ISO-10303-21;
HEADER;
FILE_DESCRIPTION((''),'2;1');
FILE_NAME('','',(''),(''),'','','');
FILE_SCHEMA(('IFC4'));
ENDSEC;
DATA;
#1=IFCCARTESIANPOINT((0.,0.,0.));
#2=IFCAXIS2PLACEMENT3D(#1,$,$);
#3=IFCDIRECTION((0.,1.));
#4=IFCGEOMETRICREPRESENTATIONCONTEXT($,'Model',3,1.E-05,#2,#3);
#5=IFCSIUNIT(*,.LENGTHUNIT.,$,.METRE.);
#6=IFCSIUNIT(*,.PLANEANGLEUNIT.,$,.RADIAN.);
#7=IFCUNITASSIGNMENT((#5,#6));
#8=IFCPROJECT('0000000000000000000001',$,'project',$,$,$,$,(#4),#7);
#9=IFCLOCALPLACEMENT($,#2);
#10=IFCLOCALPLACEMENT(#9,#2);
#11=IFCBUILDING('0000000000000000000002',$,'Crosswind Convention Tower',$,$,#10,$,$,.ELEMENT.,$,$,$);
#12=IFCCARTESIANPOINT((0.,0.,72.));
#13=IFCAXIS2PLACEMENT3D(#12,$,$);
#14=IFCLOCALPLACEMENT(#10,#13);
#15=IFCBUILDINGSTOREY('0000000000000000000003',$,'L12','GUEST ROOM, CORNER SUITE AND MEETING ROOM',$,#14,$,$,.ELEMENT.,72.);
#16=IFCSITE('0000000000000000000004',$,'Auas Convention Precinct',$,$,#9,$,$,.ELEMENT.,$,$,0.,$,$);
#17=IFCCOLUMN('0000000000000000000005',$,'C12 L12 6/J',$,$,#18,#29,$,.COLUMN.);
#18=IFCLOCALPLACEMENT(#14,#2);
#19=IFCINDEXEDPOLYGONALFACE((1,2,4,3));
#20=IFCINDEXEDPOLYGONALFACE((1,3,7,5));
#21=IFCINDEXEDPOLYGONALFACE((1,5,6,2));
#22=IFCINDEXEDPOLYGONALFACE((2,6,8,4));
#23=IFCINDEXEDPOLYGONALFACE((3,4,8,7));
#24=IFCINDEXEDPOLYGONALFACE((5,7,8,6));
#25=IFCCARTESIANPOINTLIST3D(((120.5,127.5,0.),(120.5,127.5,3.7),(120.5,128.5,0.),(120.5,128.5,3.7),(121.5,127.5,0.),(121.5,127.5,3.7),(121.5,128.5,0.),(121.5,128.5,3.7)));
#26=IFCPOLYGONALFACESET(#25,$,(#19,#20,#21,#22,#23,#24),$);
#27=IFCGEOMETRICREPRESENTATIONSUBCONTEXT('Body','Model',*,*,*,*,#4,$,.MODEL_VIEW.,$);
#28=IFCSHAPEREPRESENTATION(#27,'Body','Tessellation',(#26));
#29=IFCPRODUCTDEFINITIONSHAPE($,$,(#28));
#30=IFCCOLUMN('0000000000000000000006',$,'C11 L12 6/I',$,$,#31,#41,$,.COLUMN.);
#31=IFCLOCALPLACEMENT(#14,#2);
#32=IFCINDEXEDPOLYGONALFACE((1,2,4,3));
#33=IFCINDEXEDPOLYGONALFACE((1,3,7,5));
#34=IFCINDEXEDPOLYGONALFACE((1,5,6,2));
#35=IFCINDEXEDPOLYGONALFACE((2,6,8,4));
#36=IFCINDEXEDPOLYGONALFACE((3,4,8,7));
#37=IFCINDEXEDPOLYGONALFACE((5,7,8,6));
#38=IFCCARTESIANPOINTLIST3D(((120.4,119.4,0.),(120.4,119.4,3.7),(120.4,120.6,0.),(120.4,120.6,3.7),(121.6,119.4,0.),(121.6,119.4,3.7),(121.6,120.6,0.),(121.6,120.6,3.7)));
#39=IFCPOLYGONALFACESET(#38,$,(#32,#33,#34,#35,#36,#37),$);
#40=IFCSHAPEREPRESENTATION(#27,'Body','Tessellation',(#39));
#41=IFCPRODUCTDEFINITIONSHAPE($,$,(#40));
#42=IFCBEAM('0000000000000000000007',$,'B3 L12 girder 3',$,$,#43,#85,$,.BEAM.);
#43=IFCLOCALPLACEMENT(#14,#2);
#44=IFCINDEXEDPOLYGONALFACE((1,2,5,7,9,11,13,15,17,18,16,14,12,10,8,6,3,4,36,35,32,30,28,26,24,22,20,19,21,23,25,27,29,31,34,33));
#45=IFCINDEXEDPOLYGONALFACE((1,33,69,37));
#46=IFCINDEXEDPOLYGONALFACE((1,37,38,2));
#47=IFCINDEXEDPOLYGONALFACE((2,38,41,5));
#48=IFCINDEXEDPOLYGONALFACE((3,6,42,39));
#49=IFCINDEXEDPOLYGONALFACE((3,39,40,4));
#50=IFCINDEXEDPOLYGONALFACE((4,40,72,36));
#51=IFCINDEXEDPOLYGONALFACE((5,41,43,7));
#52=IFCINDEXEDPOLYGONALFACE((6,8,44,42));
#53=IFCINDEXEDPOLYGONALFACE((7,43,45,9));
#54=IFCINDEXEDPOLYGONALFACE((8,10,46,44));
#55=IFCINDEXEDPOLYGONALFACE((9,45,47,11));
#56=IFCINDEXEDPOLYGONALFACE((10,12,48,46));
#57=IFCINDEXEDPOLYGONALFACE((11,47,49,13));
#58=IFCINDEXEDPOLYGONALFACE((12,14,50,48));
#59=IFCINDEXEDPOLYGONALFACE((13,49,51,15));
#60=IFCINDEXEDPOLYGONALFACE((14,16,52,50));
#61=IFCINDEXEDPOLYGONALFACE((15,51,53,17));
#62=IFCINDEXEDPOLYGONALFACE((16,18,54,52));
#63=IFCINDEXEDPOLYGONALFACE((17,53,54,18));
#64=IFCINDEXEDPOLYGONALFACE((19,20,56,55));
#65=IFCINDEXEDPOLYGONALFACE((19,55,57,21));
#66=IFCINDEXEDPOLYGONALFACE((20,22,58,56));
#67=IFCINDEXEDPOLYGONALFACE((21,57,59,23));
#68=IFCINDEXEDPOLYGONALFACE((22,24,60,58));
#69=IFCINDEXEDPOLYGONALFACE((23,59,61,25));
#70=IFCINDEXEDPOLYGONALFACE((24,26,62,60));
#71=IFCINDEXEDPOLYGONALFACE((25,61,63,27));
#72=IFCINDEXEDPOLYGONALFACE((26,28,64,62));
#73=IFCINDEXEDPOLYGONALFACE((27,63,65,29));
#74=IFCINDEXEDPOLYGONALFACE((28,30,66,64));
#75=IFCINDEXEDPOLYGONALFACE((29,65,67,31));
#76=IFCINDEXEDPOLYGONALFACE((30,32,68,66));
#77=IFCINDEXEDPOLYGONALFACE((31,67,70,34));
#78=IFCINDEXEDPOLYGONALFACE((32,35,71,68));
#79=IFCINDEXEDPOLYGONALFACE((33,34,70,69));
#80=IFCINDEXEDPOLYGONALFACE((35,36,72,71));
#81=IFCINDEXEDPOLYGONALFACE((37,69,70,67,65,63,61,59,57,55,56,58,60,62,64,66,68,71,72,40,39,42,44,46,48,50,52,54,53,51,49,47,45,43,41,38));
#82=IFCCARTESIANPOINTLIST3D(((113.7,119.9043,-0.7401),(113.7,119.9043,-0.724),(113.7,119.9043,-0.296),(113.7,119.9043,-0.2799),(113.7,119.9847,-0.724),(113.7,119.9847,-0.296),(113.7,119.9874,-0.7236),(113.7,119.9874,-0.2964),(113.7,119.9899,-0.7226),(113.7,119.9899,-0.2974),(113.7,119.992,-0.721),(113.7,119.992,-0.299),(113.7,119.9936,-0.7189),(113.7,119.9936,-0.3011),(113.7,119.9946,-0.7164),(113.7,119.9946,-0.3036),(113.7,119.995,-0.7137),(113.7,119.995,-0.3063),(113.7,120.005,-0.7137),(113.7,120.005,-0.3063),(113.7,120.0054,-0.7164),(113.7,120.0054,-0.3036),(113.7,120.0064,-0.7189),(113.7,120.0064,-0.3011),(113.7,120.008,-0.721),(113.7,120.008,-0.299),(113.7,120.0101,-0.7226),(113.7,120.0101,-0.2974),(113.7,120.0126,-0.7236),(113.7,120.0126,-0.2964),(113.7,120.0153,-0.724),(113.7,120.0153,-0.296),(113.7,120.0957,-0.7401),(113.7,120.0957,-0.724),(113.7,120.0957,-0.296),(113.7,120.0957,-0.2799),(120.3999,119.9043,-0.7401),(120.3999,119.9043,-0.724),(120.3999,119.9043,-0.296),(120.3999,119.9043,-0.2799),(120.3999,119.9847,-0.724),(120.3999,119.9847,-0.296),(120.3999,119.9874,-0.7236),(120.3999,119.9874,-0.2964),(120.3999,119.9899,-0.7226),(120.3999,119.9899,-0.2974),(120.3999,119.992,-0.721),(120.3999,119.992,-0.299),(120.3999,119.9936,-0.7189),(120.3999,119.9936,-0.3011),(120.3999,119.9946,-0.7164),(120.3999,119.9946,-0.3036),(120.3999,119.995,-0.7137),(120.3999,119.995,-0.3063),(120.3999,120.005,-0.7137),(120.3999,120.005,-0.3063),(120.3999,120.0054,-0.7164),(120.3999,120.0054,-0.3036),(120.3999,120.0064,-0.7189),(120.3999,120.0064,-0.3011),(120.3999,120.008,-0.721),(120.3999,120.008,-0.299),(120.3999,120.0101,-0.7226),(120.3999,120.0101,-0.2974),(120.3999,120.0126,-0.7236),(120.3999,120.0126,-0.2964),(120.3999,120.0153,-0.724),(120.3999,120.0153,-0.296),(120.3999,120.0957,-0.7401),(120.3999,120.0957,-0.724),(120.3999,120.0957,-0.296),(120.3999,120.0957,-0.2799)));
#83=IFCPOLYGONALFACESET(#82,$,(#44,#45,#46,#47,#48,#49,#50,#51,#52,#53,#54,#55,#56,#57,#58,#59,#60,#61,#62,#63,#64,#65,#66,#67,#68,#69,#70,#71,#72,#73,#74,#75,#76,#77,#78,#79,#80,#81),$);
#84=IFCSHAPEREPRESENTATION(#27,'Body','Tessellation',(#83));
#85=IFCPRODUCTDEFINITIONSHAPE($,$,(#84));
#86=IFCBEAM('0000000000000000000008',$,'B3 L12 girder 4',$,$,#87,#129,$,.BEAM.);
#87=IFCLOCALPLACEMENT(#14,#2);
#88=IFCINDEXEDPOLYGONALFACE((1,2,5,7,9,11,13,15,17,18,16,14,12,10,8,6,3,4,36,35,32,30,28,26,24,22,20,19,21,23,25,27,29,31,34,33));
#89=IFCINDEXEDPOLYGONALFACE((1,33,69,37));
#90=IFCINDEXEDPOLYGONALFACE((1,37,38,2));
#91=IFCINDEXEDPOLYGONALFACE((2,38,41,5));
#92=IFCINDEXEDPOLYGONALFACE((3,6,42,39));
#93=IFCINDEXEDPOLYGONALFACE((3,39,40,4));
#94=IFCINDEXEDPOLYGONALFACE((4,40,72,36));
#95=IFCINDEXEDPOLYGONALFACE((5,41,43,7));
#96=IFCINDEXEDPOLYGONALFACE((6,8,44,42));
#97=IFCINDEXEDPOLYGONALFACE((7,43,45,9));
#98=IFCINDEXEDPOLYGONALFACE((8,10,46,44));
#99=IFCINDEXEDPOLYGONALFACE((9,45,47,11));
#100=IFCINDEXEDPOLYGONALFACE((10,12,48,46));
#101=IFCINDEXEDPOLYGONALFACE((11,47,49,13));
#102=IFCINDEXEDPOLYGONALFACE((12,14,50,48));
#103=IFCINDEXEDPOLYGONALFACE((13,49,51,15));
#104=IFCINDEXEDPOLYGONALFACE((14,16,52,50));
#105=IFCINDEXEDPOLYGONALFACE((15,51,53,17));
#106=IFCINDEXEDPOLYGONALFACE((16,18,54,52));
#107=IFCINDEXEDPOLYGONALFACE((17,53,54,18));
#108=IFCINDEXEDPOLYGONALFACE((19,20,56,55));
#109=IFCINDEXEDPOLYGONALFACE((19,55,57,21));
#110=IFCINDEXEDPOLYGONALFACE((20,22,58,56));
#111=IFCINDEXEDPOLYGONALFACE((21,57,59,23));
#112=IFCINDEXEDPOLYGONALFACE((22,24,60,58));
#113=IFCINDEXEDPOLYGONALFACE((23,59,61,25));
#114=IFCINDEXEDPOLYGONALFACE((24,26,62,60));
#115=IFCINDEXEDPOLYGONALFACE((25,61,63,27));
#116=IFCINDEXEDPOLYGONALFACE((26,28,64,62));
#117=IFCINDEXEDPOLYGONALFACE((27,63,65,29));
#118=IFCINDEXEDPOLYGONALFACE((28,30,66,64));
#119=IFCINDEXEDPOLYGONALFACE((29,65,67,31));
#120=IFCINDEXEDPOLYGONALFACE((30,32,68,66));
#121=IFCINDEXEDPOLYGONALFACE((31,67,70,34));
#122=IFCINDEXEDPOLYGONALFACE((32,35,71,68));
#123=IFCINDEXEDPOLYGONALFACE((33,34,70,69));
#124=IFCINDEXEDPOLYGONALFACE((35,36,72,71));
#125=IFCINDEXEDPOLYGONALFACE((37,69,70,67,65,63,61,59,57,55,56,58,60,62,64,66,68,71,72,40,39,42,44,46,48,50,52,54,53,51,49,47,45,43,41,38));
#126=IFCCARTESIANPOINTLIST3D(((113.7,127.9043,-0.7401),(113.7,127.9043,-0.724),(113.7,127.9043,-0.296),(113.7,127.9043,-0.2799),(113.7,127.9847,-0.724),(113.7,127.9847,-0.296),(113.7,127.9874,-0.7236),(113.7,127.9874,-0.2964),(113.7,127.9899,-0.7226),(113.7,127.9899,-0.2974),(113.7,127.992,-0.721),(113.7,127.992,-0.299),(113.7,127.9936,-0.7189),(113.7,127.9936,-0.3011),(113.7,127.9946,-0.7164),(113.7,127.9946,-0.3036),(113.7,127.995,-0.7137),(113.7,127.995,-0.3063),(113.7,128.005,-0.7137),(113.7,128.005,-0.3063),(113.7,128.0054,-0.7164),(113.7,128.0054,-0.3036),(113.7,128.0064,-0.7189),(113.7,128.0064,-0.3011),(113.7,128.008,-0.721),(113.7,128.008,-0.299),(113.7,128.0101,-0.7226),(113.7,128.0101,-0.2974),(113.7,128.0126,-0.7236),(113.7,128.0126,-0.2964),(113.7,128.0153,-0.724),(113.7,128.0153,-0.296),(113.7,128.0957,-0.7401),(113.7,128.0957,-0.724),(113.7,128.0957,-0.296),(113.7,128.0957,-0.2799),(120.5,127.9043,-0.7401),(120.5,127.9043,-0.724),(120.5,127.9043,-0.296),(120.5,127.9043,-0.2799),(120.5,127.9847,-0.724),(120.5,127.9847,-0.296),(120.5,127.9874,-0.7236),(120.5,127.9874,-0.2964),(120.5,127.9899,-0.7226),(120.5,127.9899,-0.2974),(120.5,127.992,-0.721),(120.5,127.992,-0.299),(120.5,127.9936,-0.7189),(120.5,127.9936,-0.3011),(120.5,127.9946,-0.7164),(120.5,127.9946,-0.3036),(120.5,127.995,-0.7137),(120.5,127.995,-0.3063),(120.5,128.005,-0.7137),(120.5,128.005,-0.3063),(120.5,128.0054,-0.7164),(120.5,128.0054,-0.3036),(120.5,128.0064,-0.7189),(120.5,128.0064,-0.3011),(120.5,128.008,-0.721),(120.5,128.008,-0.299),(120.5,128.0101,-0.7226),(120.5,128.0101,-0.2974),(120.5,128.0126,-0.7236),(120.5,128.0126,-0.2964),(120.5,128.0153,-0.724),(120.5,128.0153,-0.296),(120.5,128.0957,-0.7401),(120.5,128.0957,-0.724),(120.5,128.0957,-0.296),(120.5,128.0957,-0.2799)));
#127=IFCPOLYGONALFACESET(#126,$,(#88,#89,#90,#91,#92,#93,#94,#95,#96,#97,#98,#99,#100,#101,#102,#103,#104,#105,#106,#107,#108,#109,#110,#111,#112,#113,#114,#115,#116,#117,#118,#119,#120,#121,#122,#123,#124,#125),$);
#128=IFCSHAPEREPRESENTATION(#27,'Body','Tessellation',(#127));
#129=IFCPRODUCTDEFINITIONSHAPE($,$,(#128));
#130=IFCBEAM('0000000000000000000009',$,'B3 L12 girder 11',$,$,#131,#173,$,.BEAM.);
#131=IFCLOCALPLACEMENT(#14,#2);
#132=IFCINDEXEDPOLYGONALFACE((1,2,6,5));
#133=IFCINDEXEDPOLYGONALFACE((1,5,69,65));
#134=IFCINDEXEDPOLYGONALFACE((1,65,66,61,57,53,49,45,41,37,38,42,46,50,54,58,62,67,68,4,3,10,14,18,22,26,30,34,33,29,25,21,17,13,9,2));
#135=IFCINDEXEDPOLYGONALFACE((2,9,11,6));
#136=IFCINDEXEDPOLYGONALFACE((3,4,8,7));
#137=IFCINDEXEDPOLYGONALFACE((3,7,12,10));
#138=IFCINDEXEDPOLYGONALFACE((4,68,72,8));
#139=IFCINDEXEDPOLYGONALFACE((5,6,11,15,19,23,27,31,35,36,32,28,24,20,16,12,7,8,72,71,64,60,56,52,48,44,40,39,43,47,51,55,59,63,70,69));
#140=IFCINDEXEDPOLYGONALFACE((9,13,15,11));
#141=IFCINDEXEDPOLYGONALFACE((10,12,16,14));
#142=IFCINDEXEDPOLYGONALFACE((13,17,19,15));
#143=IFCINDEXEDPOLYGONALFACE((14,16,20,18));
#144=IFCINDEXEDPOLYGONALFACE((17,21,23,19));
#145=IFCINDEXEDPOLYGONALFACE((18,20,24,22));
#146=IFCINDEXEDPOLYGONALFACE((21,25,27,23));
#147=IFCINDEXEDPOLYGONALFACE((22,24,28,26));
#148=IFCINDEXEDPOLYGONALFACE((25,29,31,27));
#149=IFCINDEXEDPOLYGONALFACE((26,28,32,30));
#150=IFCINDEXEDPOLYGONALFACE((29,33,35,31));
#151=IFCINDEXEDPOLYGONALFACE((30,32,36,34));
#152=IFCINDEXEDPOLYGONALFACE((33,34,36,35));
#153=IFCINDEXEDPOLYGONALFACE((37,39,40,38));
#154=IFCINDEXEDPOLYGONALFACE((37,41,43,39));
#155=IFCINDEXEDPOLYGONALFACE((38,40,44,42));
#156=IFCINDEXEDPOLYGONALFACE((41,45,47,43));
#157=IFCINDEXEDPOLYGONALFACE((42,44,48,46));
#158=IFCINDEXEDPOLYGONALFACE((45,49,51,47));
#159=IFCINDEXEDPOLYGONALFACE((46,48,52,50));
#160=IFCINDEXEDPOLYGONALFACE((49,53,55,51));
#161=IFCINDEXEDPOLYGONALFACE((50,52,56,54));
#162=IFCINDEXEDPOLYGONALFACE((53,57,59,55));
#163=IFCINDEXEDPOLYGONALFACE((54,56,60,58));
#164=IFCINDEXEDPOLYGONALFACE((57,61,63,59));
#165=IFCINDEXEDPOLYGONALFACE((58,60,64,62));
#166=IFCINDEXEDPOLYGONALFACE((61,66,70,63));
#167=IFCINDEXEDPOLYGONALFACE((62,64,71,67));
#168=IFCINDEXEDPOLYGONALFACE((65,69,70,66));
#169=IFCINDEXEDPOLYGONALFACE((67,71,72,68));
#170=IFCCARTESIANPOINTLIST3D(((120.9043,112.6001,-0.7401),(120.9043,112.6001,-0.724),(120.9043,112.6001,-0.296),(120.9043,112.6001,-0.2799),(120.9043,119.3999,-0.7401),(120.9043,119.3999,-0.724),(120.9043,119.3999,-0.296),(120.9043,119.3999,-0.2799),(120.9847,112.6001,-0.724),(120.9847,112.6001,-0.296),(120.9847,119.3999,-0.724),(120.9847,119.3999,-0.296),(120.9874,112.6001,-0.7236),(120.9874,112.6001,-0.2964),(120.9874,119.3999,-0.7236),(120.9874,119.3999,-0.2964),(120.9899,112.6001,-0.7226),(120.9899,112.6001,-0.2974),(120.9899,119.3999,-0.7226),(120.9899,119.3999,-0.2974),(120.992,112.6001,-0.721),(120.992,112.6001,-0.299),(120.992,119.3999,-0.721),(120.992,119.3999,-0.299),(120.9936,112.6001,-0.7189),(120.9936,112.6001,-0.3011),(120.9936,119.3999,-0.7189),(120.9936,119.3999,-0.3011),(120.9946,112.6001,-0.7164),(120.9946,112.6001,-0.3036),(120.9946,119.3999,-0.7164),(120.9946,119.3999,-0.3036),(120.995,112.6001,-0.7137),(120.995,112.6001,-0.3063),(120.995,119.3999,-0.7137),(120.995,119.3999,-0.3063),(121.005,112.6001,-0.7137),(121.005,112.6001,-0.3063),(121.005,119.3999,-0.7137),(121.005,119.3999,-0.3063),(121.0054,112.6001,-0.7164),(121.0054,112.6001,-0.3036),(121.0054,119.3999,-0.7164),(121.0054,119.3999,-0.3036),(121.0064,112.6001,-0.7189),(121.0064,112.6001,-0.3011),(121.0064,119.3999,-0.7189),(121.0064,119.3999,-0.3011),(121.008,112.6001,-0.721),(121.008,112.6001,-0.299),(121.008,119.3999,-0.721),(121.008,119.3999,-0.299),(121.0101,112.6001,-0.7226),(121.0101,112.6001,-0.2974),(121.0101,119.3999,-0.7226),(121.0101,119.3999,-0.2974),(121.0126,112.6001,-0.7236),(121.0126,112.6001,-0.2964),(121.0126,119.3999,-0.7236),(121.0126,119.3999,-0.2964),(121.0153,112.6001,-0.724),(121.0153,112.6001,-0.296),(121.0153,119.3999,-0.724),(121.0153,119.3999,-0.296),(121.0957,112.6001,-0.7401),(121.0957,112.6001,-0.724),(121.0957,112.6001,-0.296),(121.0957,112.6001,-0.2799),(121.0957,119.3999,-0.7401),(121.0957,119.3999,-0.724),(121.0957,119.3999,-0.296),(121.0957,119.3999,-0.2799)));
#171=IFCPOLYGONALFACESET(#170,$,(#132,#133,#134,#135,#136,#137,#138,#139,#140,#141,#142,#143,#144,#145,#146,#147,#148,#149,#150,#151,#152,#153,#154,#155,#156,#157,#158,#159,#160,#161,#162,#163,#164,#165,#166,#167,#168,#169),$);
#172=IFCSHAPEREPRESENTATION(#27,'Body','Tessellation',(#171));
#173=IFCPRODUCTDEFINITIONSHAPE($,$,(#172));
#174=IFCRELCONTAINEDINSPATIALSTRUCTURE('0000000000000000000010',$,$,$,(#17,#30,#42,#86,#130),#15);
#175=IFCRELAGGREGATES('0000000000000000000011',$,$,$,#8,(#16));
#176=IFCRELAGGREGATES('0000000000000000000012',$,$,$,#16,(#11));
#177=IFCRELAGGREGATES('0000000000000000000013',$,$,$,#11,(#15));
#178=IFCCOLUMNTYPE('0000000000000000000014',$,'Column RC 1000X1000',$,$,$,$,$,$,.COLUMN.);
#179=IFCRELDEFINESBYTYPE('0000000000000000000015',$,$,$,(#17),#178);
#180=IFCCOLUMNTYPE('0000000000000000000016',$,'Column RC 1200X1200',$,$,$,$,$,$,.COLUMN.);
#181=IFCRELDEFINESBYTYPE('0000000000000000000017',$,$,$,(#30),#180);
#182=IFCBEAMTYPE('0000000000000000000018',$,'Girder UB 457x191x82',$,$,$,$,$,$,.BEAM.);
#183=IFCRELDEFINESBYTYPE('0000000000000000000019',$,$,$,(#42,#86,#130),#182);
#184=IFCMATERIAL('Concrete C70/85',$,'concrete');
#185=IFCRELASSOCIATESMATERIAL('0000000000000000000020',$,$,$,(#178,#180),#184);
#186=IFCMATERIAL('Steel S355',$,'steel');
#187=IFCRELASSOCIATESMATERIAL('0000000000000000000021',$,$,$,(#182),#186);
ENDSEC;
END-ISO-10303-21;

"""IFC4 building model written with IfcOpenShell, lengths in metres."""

from ifc_helpers import new_model, si_unit, direction, frame, origin, origin_2d, place, context, subcontext, project, spatial, rectangle, i_section, extrude, material, material_profile, profile_set, type_object, element, save


model = new_model("IFC4")

# Units and contexts
model_context = context("Model", 3, precision=1e-05, world=origin(), true_north=direction((0.0, 1.0)))
body_context = subcontext(model_context, "Body", "Model", "MODEL_VIEW")
ifc_project = project(units=[si_unit("LENGTHUNIT", "METRE"), si_unit("PLANEANGLEUNIT", "RADIAN")], contexts=[model_context])

# Site, building, storey
site_placement = place(None, origin())
site = spatial("IfcSite", under=ifc_project, at=site_placement, Name="Auas Convention Precinct", CompositionType="ELEMENT", RefElevation=0.0)
building_placement = place(site_placement, origin())
building = spatial("IfcBuilding", under=site, at=building_placement, Name="Crosswind Convention Tower", CompositionType="ELEMENT")
storey_placement = place(building_placement, frame((0.0, 0.0, 72.0)))
storey = spatial("IfcBuildingStorey", under=building, at=storey_placement, Name="L12", Description="GUEST ROOM, CORNER SUITE AND MEETING ROOM", CompositionType="ELEMENT", Elevation=72.0)

# Columns
ifc_material_1 = material(Name="Concrete C70/85", Category="concrete")
ifc_material_profile_1 = material_profile(ifc_material_1, rectangle(XDim=1.0, YDim=1.0, at=origin_2d()), Name="RC 1000X1000")
ifc_profile_set_1 = profile_set([ifc_material_profile_1], Name="Concrete C70/85")
column_type_1 = type_object("IfcColumnType", Name="Column RC 1000X1000", PredefinedType="COLUMN", material=ifc_profile_set_1)
column_1_placement = place(storey_placement, frame((121.0, 128.0, 0.0), z_axis=(0.0, 0.0, 1.0), x_axis=(1.0, 0.0, 0.0)))
element("IfcColumn", 1, at=column_1_placement, inside=storey, type_object=column_type_1, Name="C12 L12 6/J", PredefinedType="COLUMN", context=body_context, shape_type="SweptSolid", body=[
    extrude(rectangle(XDim=1.0, YDim=1.0, at=origin_2d()), origin(), (0.0, 0.0, 1.0), 3.7),
])
ifc_material_profile_2 = material_profile(ifc_material_1, rectangle(XDim=1.2, YDim=1.2, at=origin_2d()), Name="RC 1200X1200")
ifc_profile_set_2 = profile_set([ifc_material_profile_2], Name="Concrete C70/85")
column_type_2 = type_object("IfcColumnType", Name="Column RC 1200X1200", PredefinedType="COLUMN", material=ifc_profile_set_2)
column_2_placement = place(storey_placement, frame((121.0, 120.0, 0.0), z_axis=(0.0, 0.0, 1.0), x_axis=(1.0, 0.0, 0.0)))
element("IfcColumn", 2, at=column_2_placement, inside=storey, type_object=column_type_2, Name="C11 L12 6/I", PredefinedType="COLUMN", context=body_context, shape_type="SweptSolid", body=[
    extrude(rectangle(XDim=1.2, YDim=1.2, at=origin_2d()), origin(), (0.0, 0.0, 1.0), 3.7),
])

# Beams
ifc_material_2 = material(Name="Steel S355", Category="steel")
ifc_material_profile_3 = material_profile(ifc_material_2, i_section(OverallWidth=0.1914, OverallDepth=0.4602, WebThickness=0.01, FlangeThickness=0.0161, FilletRadius=0.0103, at=origin_2d()), Name="UB 457x191x82")
ifc_profile_set_3 = profile_set([ifc_material_profile_3], Name="Steel S355")
beam_type_1 = type_object("IfcBeamType", Name="Girder UB 457x191x82", PredefinedType="BEAM", material=ifc_profile_set_3)
beam_1_placement = place(storey_placement, frame((113.7, 120.0, -0.51), z_axis=(1.0, 0.0, 0.0), x_axis=(0.0, 1.0, 0.0)))
element("IfcBeam", 3, at=beam_1_placement, inside=storey, type_object=beam_type_1, Name="B3 L12 girder 3", PredefinedType="BEAM", context=body_context, shape_type="SweptSolid", body=[
    extrude(i_section(OverallWidth=0.1914, OverallDepth=0.4602, WebThickness=0.01, FlangeThickness=0.0161, FilletRadius=0.0103, at=origin_2d()), origin(), (0.0, 0.0, 1.0), 6.7),
])
beam_2_placement = place(storey_placement, frame((113.7, 128.0, -0.51), z_axis=(1.0, 0.0, 0.0), x_axis=(0.0, 1.0, 0.0)))
element("IfcBeam", 4, at=beam_2_placement, inside=storey, type_object=beam_type_1, Name="B3 L12 girder 4", PredefinedType="BEAM", context=body_context, shape_type="SweptSolid", body=[
    extrude(i_section(OverallWidth=0.1914, OverallDepth=0.4602, WebThickness=0.01, FlangeThickness=0.0161, FilletRadius=0.0103, at=origin_2d()), origin(), (0.0, 0.0, 1.0), 6.8),
])
beam_3_placement = place(storey_placement, frame((121.0, 112.6001, -0.51), z_axis=(0.0, 1.0, 0.0), x_axis=(-1.0, 0.0, 0.0)))
element("IfcBeam", 5, at=beam_3_placement, inside=storey, type_object=beam_type_1, Name="B3 L12 girder 11", PredefinedType="BEAM", context=body_context, shape_type="SweptSolid", body=[
    extrude(i_section(OverallWidth=0.1914, OverallDepth=0.4602, WebThickness=0.01, FlangeThickness=0.0161, FilletRadius=0.0103, at=origin_2d()), origin(), (0.0, 0.0, 1.0), 6.7998),
])

save(model, "model.ifc")
